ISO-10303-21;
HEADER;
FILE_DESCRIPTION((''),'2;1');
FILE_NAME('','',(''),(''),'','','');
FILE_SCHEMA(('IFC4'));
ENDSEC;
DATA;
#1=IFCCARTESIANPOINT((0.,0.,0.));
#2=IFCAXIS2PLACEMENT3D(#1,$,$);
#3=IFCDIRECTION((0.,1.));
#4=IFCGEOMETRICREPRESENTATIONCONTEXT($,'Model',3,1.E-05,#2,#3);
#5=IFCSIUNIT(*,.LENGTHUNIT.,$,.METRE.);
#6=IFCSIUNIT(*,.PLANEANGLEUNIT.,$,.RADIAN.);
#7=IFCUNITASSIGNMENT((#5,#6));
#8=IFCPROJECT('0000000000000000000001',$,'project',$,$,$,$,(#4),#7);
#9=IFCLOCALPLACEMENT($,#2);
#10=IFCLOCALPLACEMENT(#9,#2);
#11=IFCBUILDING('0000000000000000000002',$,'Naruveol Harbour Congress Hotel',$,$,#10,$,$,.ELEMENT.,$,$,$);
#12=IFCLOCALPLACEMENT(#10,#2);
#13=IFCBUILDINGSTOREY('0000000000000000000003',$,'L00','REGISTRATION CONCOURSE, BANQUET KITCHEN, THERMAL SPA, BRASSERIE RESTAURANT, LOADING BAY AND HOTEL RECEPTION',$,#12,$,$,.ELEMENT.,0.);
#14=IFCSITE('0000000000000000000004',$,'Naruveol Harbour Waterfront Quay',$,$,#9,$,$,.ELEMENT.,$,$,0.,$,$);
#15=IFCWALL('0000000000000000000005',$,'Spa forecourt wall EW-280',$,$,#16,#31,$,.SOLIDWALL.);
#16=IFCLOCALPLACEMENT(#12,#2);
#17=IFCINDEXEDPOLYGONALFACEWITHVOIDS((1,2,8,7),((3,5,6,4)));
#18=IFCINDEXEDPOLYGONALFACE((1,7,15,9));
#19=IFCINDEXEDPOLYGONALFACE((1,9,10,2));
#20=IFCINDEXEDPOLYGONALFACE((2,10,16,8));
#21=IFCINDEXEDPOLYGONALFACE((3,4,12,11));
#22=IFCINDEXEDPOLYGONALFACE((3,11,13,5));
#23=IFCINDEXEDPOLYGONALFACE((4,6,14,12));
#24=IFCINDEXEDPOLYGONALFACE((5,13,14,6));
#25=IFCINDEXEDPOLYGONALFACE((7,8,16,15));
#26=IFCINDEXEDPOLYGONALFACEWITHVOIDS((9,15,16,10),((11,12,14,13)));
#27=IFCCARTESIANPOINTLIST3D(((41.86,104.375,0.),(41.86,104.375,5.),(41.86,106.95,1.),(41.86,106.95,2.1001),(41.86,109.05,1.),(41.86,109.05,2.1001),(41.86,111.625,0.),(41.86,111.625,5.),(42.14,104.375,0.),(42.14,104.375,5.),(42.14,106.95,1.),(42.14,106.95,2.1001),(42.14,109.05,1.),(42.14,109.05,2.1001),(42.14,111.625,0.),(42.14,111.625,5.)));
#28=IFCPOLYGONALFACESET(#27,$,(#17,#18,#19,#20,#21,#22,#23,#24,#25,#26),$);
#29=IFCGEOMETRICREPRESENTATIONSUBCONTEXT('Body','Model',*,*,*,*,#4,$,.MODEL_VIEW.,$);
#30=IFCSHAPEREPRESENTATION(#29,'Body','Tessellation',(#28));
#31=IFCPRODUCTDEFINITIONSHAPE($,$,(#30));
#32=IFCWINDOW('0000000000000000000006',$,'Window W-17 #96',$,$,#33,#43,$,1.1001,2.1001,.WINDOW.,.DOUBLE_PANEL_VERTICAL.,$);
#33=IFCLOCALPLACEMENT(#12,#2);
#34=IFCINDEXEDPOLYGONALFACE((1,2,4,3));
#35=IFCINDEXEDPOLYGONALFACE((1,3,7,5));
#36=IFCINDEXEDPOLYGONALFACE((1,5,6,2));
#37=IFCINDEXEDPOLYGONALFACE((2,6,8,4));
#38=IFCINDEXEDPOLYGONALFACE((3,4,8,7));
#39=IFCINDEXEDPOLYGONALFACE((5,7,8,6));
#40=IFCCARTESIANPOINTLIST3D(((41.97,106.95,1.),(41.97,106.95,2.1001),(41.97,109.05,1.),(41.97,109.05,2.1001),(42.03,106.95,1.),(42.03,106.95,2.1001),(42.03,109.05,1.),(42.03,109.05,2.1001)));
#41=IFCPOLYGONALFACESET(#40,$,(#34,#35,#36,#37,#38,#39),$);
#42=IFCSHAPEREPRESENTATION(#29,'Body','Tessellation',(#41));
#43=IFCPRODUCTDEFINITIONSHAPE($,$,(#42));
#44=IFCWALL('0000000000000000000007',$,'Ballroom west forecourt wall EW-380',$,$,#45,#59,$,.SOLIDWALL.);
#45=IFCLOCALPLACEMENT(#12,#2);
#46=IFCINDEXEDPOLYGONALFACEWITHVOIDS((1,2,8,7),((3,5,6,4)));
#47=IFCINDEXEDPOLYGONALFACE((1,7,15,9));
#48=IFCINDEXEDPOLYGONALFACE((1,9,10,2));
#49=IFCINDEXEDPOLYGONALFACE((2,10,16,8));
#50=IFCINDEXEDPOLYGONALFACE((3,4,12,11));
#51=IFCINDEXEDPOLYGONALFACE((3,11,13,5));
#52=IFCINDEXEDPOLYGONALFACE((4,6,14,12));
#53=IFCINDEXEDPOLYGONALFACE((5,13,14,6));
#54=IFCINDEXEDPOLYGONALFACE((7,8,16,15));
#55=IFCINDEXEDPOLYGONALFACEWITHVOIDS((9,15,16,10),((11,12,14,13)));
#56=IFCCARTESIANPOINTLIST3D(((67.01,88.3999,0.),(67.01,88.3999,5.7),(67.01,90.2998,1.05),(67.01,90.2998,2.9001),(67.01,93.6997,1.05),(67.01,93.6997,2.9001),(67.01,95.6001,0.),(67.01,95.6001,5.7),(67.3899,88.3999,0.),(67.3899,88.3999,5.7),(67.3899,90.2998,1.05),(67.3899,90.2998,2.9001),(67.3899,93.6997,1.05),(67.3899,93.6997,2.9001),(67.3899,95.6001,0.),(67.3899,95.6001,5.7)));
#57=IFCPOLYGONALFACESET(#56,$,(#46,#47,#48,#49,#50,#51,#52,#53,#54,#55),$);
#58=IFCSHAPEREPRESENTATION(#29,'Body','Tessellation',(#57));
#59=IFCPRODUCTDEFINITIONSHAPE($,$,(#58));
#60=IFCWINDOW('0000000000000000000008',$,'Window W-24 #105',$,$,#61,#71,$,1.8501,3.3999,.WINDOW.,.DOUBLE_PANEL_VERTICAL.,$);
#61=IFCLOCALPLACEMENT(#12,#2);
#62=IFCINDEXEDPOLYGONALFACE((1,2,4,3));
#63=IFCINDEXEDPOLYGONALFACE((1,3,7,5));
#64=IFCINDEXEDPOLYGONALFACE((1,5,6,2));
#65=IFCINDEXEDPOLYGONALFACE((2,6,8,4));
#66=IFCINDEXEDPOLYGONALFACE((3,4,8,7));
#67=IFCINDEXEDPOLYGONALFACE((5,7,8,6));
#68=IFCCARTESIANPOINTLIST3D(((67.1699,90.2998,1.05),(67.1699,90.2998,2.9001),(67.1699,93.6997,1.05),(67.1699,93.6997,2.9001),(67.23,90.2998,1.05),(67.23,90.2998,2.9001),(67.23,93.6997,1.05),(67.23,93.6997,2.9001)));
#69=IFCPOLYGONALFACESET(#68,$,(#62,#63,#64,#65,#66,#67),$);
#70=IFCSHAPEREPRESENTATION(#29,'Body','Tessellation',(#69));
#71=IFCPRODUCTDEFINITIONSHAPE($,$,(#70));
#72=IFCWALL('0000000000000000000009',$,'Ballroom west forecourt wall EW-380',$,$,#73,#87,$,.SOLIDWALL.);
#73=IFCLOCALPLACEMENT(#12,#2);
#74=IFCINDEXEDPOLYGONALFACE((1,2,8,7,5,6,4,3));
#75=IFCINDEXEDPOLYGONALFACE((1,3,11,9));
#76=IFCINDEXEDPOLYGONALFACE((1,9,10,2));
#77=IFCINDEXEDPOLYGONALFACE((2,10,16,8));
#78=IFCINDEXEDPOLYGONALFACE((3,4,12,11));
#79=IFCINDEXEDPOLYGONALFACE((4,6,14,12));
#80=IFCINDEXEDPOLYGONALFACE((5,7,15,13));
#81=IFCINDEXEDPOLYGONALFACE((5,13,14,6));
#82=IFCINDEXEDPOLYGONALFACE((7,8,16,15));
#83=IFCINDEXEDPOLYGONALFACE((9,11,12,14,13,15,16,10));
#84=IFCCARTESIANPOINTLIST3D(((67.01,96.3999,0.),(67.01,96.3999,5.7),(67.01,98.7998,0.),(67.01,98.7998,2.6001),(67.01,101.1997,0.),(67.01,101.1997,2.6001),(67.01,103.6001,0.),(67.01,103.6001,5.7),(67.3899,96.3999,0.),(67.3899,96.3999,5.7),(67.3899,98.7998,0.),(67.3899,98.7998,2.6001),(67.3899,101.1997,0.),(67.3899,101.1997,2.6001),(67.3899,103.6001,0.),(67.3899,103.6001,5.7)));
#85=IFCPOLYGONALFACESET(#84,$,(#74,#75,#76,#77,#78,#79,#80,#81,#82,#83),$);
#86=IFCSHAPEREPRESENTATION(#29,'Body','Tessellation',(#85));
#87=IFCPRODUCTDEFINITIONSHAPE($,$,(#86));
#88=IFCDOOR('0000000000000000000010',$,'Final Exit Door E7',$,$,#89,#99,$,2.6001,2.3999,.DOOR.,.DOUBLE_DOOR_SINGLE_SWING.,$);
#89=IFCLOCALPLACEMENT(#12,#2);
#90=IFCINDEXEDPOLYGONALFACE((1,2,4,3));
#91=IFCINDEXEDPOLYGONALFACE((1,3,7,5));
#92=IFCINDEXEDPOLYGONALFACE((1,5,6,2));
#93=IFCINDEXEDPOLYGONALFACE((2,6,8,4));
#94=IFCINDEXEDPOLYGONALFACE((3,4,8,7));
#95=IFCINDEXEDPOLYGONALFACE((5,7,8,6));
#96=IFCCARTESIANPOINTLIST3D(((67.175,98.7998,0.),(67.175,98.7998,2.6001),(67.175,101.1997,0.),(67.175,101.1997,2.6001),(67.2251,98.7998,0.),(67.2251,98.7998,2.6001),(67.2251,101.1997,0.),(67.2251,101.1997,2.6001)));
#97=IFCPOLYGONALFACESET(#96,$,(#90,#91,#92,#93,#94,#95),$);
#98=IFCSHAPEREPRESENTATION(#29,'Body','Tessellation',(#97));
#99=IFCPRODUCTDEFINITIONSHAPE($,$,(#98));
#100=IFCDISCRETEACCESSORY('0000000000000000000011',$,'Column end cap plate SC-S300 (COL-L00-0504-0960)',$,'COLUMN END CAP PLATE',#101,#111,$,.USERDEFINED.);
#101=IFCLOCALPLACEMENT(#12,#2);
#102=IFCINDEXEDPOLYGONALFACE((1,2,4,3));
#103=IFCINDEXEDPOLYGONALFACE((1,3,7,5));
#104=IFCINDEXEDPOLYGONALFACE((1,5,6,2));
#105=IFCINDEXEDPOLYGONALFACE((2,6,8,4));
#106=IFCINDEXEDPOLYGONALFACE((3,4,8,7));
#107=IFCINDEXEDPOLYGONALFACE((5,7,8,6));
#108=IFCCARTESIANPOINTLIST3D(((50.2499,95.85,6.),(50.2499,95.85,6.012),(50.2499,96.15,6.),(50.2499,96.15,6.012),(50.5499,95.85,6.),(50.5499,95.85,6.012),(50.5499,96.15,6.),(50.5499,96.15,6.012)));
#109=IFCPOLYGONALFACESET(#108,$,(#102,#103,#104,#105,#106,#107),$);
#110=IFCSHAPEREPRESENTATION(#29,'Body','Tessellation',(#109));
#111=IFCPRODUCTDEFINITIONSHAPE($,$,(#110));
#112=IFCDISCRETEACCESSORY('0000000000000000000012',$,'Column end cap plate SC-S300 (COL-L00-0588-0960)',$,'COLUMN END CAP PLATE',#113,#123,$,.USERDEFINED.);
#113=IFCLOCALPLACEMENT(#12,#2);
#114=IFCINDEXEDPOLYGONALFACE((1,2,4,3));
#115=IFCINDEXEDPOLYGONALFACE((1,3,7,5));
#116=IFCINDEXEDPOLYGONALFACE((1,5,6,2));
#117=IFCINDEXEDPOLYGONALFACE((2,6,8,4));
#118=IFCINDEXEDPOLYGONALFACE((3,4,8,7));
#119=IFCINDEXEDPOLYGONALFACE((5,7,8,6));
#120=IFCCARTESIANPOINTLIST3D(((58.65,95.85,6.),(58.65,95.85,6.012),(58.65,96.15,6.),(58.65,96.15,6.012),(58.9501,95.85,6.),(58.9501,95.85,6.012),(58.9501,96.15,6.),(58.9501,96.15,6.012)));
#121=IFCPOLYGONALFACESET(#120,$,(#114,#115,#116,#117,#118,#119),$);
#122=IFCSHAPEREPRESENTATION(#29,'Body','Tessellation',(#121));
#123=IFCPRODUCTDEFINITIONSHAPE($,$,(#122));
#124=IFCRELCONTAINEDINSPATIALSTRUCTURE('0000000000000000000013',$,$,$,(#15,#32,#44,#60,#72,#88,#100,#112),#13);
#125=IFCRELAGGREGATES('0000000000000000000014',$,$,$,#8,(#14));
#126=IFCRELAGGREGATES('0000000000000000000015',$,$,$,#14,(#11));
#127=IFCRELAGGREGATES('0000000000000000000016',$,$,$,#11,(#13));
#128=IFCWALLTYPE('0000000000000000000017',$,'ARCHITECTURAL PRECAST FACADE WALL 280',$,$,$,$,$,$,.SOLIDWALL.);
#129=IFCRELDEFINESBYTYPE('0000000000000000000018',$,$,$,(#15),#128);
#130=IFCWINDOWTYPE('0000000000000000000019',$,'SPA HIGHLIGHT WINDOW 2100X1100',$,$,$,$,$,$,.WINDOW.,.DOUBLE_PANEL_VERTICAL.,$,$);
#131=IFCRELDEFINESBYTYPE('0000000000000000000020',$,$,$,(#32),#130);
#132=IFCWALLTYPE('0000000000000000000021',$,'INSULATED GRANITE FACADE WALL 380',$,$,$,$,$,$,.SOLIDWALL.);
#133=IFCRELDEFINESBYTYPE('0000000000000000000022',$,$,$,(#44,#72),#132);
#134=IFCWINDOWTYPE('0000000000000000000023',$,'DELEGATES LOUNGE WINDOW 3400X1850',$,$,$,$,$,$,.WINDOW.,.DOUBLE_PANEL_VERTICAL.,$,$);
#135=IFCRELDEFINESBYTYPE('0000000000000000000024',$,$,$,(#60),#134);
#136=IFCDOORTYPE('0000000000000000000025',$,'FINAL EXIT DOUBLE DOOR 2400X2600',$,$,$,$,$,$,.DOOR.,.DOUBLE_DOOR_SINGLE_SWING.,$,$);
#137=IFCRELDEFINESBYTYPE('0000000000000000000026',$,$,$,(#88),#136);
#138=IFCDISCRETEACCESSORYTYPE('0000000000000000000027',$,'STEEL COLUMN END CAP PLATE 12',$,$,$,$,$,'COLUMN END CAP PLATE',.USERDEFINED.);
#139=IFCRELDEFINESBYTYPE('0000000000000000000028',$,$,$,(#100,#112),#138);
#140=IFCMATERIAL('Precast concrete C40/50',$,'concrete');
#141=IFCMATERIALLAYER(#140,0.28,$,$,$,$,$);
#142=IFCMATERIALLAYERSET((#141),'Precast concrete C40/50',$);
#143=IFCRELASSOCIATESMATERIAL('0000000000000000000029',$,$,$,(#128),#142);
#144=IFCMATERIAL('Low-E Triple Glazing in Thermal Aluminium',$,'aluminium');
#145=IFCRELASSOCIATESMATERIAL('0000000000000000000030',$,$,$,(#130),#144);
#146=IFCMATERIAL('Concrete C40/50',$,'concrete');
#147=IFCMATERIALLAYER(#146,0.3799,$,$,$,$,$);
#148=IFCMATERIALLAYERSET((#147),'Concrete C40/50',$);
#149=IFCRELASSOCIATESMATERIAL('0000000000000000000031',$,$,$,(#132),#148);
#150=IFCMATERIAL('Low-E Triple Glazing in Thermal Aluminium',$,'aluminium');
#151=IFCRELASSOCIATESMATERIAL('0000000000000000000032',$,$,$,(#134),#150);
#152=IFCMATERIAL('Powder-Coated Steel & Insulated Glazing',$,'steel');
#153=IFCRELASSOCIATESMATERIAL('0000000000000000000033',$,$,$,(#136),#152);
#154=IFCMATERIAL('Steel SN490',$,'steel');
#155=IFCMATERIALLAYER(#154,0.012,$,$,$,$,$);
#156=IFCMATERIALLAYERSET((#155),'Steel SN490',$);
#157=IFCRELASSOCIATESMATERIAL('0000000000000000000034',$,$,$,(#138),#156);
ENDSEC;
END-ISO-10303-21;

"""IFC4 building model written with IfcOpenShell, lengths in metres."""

from ifc_helpers import new_model, si_unit, direction, frame, frame_2d, origin, origin_2d, place, context, subcontext, project, spatial, rectangle, extrude, material, layer, layer_set, type_object, element, fill, save


model = new_model("IFC4")

# Units and contexts
model_context = context("Model", 3, precision=1e-05, world=origin(), true_north=direction((0.0, 1.0)))
body_context = subcontext(model_context, "Body", "Model", "MODEL_VIEW")
ifc_project = project(units=[si_unit("LENGTHUNIT", "METRE"), si_unit("PLANEANGLEUNIT", "RADIAN")], contexts=[model_context])

# Site, building, storey
site_placement = place(None, origin())
site = spatial("IfcSite", under=ifc_project, at=site_placement, Name="Naruveol Harbour Waterfront Quay", CompositionType="ELEMENT", RefElevation=0.0)
building_placement = place(site_placement, origin())
building = spatial("IfcBuilding", under=site, at=building_placement, Name="Naruveol Harbour Congress Hotel", CompositionType="ELEMENT")
storey_placement = place(building_placement, origin())
storey = spatial("IfcBuildingStorey", under=building, at=storey_placement, Name="L00", Description="REGISTRATION CONCOURSE, BANQUET KITCHEN, THERMAL SPA, BRASSERIE RESTAURANT, LOADING BAY AND HOTEL RECEPTION", CompositionType="ELEMENT", Elevation=0.0)

# Walls, openings, windows
ifc_material_1 = material(Name="Precast concrete C40/50", Category="concrete")
ifc_layer_1 = layer(ifc_material_1, 0.28)
ifc_layer_set_1 = layer_set([ifc_layer_1], Name="Precast concrete C40/50")
wall_type_1 = type_object("IfcWallType", Name="ARCHITECTURAL PRECAST FACADE WALL 280", PredefinedType="SOLIDWALL", material=ifc_layer_set_1)
wall_1_placement = place(storey_placement, frame((42.0, 111.625, 0.0), z_axis=(0.0, 0.0, 1.0), x_axis=(0.0, -1.0, 0.0)))
wall_1 = element("IfcWall", 1, at=wall_1_placement, inside=storey, type_object=wall_type_1, Name="Spa forecourt wall EW-280", PredefinedType="SOLIDWALL", context=body_context, shape_type="SweptSolid", body=[
    extrude(rectangle(XDim=7.25, YDim=0.28, at=frame_2d((3.625, 0.0))), origin(), (0.0, 0.0, 1.0), 5.0),
])
opening_1_placement = place(wall_1_placement, frame((2.575, 0.0, 1.0)))
opening_1 = element("IfcOpeningElement", 2, at=opening_1_placement, cuts=wall_1, PredefinedType="OPENING", context=body_context, shape_type="SweptSolid", body=[
    extrude(rectangle(XDim=2.1001, YDim=1.1001, at=frame_2d((1.05, 0.55))), frame((0.0, 0.1499, 0.0), z_axis=(0.0, -1.0, 0.0), x_axis=(1.0, 0.0, 0.0)), (0.0, 0.0, 1.0), 0.3),
])
ifc_material_2 = material(Name="Low-E Triple Glazing in Thermal Aluminium", Category="aluminium")
window_type_1 = type_object("IfcWindowType", Name="SPA HIGHLIGHT WINDOW 2100X1100", PartitioningType="DOUBLE_PANEL_VERTICAL", PredefinedType="WINDOW", material=ifc_material_2)
window_1_placement = place(opening_1_placement, origin())
window_1 = element("IfcWindow", 3, at=window_1_placement, inside=storey, type_object=window_type_1, Name="Window W-17 #96", OverallHeight=1.1001, OverallWidth=2.1001, PartitioningType="DOUBLE_PANEL_VERTICAL", PredefinedType="WINDOW", context=body_context, shape_type="SweptSolid", body=[
    extrude(rectangle(XDim=2.1001, YDim=1.1001, at=frame_2d((1.05, 0.55))), frame((0.0, 0.03, 0.0), z_axis=(0.0, -1.0, 0.0), x_axis=(1.0, 0.0, 0.0)), (0.0, 0.0, 1.0), 0.0601),
])
fill(opening_1, window_1)
ifc_material_3 = material(Name="Concrete C40/50", Category="concrete")
ifc_layer_2 = layer(ifc_material_3, 0.3799)
ifc_layer_set_2 = layer_set([ifc_layer_2], Name="Concrete C40/50")
wall_type_2 = type_object("IfcWallType", Name="INSULATED GRANITE FACADE WALL 380", PredefinedType="SOLIDWALL", material=ifc_layer_set_2)
wall_2_placement = place(storey_placement, frame((67.2, 88.3999, 0.0), z_axis=(0.0, 0.0, 1.0), x_axis=(0.0, 1.0, 0.0)))
wall_2 = element("IfcWall", 4, at=wall_2_placement, inside=storey, type_object=wall_type_2, Name="Ballroom west forecourt wall EW-380", PredefinedType="SOLIDWALL", context=body_context, shape_type="SweptSolid", body=[
    extrude(rectangle(XDim=7.2002, YDim=0.3799, at=frame_2d((3.6001, 0.0))), origin(), (0.0, 0.0, 1.0), 5.7),
])
opening_2_placement = place(wall_2_placement, frame((1.8999, 0.0, 1.05)))
opening_2 = element("IfcOpeningElement", 5, at=opening_2_placement, cuts=wall_2, PredefinedType="OPENING", context=body_context, shape_type="SweptSolid", body=[
    extrude(rectangle(XDim=3.3999, YDim=1.8501, at=frame_2d((1.7, 0.925))), frame((0.0, 0.2, 0.0), z_axis=(0.0, -1.0, 0.0), x_axis=(1.0, 0.0, 0.0)), (0.0, 0.0, 1.0), 0.3999),
])
ifc_material_4 = material(Name="Low-E Triple Glazing in Thermal Aluminium", Category="aluminium")
window_type_2 = type_object("IfcWindowType", Name="DELEGATES LOUNGE WINDOW 3400X1850", PartitioningType="DOUBLE_PANEL_VERTICAL", PredefinedType="WINDOW", material=ifc_material_4)
window_2_placement = place(opening_2_placement, origin())
window_2 = element("IfcWindow", 6, at=window_2_placement, inside=storey, type_object=window_type_2, Name="Window W-24 #105", OverallHeight=1.8501, OverallWidth=3.3999, PartitioningType="DOUBLE_PANEL_VERTICAL", PredefinedType="WINDOW", context=body_context, shape_type="SweptSolid", body=[
    extrude(rectangle(XDim=3.3999, YDim=1.8501, at=frame_2d((1.7, 0.925))), frame((0.0, 0.03, 0.0), z_axis=(0.0, -1.0, 0.0), x_axis=(1.0, 0.0, 0.0)), (0.0, 0.0, 1.0), 0.0601),
])
fill(opening_2, window_2)

# Wall, opening, door
wall_3_placement = place(storey_placement, frame((67.2, 96.3999, 0.0), z_axis=(0.0, 0.0, 1.0), x_axis=(0.0, 1.0, 0.0)))
wall_3 = element("IfcWall", 7, at=wall_3_placement, inside=storey, type_object=wall_type_2, Name="Ballroom west forecourt wall EW-380", PredefinedType="SOLIDWALL", context=body_context, shape_type="SweptSolid", body=[
    extrude(rectangle(XDim=7.2002, YDim=0.3799, at=frame_2d((3.6001, 0.0))), origin(), (0.0, 0.0, 1.0), 5.7),
])
opening_3_placement = place(wall_3_placement, frame((2.3999, 0.0, 0.0)))
opening_3 = element("IfcOpeningElement", 8, at=opening_3_placement, cuts=wall_3, PredefinedType="OPENING", context=body_context, shape_type="SweptSolid", body=[
    extrude(rectangle(XDim=2.3999, YDim=2.6001, at=frame_2d((1.2, 1.3))), frame((0.0, 0.2, 0.0), z_axis=(0.0, -1.0, 0.0), x_axis=(1.0, 0.0, 0.0)), (0.0, 0.0, 1.0), 0.3999),
])
ifc_material_5 = material(Name="Powder-Coated Steel & Insulated Glazing", Category="steel")
door_type = type_object("IfcDoorType", Name="FINAL EXIT DOUBLE DOOR 2400X2600", OperationType="DOUBLE_DOOR_SINGLE_SWING", PredefinedType="DOOR", material=ifc_material_5)
door_placement = place(opening_3_placement, origin())
door = element("IfcDoor", 9, at=door_placement, inside=storey, type_object=door_type, Name="Final Exit Door E7", OperationType="DOUBLE_DOOR_SINGLE_SWING", OverallHeight=2.6001, OverallWidth=2.3999, PredefinedType="DOOR", context=body_context, shape_type="SweptSolid", body=[
    extrude(rectangle(XDim=2.3999, YDim=2.6001, at=frame_2d((1.2, 1.3))), frame((0.0, 0.0249, 0.0), z_axis=(0.0, -1.0, 0.0), x_axis=(1.0, 0.0, 0.0)), (0.0, 0.0, 1.0), 0.05),
])
fill(opening_3, door)

# Discrete accessories
ifc_material_6 = material(Name="Steel SN490", Category="steel")
ifc_layer_3 = layer(ifc_material_6, 0.012)
ifc_layer_set_3 = layer_set([ifc_layer_3], Name="Steel SN490")
discrete_accessory_type = type_object("IfcDiscreteAccessoryType", Name="STEEL COLUMN END CAP PLATE 12", ElementType="COLUMN END CAP PLATE", PredefinedType="USERDEFINED", material=ifc_layer_set_3)
for number, where, z_axis, x_axis, name in (
    (10, (50.3999, 96.0, 6.0), (0.0, 0.0, 1.0), (1.0, 0.0, 0.0), "Column end cap plate SC-S300 (COL-L00-0504-0960)"),
    (11, (58.8, 96.0, 6.0), (0.0, 0.0, 1.0), (1.0, 0.0, 0.0), "Column end cap plate SC-S300 (COL-L00-0588-0960)"),
):
    element("IfcDiscreteAccessory", number, at=place(storey_placement, frame(where, z_axis=z_axis, x_axis=x_axis)), inside=storey, type_object=discrete_accessory_type, Name=name, ObjectType="COLUMN END CAP PLATE", PredefinedType="USERDEFINED", context=body_context, shape_type="SweptSolid", body=[
        extrude(rectangle(XDim=0.3, YDim=0.3, at=origin_2d()), origin(), (0.0, 0.0, 1.0), 0.012),
    ])

save(model, "model.ifc")
